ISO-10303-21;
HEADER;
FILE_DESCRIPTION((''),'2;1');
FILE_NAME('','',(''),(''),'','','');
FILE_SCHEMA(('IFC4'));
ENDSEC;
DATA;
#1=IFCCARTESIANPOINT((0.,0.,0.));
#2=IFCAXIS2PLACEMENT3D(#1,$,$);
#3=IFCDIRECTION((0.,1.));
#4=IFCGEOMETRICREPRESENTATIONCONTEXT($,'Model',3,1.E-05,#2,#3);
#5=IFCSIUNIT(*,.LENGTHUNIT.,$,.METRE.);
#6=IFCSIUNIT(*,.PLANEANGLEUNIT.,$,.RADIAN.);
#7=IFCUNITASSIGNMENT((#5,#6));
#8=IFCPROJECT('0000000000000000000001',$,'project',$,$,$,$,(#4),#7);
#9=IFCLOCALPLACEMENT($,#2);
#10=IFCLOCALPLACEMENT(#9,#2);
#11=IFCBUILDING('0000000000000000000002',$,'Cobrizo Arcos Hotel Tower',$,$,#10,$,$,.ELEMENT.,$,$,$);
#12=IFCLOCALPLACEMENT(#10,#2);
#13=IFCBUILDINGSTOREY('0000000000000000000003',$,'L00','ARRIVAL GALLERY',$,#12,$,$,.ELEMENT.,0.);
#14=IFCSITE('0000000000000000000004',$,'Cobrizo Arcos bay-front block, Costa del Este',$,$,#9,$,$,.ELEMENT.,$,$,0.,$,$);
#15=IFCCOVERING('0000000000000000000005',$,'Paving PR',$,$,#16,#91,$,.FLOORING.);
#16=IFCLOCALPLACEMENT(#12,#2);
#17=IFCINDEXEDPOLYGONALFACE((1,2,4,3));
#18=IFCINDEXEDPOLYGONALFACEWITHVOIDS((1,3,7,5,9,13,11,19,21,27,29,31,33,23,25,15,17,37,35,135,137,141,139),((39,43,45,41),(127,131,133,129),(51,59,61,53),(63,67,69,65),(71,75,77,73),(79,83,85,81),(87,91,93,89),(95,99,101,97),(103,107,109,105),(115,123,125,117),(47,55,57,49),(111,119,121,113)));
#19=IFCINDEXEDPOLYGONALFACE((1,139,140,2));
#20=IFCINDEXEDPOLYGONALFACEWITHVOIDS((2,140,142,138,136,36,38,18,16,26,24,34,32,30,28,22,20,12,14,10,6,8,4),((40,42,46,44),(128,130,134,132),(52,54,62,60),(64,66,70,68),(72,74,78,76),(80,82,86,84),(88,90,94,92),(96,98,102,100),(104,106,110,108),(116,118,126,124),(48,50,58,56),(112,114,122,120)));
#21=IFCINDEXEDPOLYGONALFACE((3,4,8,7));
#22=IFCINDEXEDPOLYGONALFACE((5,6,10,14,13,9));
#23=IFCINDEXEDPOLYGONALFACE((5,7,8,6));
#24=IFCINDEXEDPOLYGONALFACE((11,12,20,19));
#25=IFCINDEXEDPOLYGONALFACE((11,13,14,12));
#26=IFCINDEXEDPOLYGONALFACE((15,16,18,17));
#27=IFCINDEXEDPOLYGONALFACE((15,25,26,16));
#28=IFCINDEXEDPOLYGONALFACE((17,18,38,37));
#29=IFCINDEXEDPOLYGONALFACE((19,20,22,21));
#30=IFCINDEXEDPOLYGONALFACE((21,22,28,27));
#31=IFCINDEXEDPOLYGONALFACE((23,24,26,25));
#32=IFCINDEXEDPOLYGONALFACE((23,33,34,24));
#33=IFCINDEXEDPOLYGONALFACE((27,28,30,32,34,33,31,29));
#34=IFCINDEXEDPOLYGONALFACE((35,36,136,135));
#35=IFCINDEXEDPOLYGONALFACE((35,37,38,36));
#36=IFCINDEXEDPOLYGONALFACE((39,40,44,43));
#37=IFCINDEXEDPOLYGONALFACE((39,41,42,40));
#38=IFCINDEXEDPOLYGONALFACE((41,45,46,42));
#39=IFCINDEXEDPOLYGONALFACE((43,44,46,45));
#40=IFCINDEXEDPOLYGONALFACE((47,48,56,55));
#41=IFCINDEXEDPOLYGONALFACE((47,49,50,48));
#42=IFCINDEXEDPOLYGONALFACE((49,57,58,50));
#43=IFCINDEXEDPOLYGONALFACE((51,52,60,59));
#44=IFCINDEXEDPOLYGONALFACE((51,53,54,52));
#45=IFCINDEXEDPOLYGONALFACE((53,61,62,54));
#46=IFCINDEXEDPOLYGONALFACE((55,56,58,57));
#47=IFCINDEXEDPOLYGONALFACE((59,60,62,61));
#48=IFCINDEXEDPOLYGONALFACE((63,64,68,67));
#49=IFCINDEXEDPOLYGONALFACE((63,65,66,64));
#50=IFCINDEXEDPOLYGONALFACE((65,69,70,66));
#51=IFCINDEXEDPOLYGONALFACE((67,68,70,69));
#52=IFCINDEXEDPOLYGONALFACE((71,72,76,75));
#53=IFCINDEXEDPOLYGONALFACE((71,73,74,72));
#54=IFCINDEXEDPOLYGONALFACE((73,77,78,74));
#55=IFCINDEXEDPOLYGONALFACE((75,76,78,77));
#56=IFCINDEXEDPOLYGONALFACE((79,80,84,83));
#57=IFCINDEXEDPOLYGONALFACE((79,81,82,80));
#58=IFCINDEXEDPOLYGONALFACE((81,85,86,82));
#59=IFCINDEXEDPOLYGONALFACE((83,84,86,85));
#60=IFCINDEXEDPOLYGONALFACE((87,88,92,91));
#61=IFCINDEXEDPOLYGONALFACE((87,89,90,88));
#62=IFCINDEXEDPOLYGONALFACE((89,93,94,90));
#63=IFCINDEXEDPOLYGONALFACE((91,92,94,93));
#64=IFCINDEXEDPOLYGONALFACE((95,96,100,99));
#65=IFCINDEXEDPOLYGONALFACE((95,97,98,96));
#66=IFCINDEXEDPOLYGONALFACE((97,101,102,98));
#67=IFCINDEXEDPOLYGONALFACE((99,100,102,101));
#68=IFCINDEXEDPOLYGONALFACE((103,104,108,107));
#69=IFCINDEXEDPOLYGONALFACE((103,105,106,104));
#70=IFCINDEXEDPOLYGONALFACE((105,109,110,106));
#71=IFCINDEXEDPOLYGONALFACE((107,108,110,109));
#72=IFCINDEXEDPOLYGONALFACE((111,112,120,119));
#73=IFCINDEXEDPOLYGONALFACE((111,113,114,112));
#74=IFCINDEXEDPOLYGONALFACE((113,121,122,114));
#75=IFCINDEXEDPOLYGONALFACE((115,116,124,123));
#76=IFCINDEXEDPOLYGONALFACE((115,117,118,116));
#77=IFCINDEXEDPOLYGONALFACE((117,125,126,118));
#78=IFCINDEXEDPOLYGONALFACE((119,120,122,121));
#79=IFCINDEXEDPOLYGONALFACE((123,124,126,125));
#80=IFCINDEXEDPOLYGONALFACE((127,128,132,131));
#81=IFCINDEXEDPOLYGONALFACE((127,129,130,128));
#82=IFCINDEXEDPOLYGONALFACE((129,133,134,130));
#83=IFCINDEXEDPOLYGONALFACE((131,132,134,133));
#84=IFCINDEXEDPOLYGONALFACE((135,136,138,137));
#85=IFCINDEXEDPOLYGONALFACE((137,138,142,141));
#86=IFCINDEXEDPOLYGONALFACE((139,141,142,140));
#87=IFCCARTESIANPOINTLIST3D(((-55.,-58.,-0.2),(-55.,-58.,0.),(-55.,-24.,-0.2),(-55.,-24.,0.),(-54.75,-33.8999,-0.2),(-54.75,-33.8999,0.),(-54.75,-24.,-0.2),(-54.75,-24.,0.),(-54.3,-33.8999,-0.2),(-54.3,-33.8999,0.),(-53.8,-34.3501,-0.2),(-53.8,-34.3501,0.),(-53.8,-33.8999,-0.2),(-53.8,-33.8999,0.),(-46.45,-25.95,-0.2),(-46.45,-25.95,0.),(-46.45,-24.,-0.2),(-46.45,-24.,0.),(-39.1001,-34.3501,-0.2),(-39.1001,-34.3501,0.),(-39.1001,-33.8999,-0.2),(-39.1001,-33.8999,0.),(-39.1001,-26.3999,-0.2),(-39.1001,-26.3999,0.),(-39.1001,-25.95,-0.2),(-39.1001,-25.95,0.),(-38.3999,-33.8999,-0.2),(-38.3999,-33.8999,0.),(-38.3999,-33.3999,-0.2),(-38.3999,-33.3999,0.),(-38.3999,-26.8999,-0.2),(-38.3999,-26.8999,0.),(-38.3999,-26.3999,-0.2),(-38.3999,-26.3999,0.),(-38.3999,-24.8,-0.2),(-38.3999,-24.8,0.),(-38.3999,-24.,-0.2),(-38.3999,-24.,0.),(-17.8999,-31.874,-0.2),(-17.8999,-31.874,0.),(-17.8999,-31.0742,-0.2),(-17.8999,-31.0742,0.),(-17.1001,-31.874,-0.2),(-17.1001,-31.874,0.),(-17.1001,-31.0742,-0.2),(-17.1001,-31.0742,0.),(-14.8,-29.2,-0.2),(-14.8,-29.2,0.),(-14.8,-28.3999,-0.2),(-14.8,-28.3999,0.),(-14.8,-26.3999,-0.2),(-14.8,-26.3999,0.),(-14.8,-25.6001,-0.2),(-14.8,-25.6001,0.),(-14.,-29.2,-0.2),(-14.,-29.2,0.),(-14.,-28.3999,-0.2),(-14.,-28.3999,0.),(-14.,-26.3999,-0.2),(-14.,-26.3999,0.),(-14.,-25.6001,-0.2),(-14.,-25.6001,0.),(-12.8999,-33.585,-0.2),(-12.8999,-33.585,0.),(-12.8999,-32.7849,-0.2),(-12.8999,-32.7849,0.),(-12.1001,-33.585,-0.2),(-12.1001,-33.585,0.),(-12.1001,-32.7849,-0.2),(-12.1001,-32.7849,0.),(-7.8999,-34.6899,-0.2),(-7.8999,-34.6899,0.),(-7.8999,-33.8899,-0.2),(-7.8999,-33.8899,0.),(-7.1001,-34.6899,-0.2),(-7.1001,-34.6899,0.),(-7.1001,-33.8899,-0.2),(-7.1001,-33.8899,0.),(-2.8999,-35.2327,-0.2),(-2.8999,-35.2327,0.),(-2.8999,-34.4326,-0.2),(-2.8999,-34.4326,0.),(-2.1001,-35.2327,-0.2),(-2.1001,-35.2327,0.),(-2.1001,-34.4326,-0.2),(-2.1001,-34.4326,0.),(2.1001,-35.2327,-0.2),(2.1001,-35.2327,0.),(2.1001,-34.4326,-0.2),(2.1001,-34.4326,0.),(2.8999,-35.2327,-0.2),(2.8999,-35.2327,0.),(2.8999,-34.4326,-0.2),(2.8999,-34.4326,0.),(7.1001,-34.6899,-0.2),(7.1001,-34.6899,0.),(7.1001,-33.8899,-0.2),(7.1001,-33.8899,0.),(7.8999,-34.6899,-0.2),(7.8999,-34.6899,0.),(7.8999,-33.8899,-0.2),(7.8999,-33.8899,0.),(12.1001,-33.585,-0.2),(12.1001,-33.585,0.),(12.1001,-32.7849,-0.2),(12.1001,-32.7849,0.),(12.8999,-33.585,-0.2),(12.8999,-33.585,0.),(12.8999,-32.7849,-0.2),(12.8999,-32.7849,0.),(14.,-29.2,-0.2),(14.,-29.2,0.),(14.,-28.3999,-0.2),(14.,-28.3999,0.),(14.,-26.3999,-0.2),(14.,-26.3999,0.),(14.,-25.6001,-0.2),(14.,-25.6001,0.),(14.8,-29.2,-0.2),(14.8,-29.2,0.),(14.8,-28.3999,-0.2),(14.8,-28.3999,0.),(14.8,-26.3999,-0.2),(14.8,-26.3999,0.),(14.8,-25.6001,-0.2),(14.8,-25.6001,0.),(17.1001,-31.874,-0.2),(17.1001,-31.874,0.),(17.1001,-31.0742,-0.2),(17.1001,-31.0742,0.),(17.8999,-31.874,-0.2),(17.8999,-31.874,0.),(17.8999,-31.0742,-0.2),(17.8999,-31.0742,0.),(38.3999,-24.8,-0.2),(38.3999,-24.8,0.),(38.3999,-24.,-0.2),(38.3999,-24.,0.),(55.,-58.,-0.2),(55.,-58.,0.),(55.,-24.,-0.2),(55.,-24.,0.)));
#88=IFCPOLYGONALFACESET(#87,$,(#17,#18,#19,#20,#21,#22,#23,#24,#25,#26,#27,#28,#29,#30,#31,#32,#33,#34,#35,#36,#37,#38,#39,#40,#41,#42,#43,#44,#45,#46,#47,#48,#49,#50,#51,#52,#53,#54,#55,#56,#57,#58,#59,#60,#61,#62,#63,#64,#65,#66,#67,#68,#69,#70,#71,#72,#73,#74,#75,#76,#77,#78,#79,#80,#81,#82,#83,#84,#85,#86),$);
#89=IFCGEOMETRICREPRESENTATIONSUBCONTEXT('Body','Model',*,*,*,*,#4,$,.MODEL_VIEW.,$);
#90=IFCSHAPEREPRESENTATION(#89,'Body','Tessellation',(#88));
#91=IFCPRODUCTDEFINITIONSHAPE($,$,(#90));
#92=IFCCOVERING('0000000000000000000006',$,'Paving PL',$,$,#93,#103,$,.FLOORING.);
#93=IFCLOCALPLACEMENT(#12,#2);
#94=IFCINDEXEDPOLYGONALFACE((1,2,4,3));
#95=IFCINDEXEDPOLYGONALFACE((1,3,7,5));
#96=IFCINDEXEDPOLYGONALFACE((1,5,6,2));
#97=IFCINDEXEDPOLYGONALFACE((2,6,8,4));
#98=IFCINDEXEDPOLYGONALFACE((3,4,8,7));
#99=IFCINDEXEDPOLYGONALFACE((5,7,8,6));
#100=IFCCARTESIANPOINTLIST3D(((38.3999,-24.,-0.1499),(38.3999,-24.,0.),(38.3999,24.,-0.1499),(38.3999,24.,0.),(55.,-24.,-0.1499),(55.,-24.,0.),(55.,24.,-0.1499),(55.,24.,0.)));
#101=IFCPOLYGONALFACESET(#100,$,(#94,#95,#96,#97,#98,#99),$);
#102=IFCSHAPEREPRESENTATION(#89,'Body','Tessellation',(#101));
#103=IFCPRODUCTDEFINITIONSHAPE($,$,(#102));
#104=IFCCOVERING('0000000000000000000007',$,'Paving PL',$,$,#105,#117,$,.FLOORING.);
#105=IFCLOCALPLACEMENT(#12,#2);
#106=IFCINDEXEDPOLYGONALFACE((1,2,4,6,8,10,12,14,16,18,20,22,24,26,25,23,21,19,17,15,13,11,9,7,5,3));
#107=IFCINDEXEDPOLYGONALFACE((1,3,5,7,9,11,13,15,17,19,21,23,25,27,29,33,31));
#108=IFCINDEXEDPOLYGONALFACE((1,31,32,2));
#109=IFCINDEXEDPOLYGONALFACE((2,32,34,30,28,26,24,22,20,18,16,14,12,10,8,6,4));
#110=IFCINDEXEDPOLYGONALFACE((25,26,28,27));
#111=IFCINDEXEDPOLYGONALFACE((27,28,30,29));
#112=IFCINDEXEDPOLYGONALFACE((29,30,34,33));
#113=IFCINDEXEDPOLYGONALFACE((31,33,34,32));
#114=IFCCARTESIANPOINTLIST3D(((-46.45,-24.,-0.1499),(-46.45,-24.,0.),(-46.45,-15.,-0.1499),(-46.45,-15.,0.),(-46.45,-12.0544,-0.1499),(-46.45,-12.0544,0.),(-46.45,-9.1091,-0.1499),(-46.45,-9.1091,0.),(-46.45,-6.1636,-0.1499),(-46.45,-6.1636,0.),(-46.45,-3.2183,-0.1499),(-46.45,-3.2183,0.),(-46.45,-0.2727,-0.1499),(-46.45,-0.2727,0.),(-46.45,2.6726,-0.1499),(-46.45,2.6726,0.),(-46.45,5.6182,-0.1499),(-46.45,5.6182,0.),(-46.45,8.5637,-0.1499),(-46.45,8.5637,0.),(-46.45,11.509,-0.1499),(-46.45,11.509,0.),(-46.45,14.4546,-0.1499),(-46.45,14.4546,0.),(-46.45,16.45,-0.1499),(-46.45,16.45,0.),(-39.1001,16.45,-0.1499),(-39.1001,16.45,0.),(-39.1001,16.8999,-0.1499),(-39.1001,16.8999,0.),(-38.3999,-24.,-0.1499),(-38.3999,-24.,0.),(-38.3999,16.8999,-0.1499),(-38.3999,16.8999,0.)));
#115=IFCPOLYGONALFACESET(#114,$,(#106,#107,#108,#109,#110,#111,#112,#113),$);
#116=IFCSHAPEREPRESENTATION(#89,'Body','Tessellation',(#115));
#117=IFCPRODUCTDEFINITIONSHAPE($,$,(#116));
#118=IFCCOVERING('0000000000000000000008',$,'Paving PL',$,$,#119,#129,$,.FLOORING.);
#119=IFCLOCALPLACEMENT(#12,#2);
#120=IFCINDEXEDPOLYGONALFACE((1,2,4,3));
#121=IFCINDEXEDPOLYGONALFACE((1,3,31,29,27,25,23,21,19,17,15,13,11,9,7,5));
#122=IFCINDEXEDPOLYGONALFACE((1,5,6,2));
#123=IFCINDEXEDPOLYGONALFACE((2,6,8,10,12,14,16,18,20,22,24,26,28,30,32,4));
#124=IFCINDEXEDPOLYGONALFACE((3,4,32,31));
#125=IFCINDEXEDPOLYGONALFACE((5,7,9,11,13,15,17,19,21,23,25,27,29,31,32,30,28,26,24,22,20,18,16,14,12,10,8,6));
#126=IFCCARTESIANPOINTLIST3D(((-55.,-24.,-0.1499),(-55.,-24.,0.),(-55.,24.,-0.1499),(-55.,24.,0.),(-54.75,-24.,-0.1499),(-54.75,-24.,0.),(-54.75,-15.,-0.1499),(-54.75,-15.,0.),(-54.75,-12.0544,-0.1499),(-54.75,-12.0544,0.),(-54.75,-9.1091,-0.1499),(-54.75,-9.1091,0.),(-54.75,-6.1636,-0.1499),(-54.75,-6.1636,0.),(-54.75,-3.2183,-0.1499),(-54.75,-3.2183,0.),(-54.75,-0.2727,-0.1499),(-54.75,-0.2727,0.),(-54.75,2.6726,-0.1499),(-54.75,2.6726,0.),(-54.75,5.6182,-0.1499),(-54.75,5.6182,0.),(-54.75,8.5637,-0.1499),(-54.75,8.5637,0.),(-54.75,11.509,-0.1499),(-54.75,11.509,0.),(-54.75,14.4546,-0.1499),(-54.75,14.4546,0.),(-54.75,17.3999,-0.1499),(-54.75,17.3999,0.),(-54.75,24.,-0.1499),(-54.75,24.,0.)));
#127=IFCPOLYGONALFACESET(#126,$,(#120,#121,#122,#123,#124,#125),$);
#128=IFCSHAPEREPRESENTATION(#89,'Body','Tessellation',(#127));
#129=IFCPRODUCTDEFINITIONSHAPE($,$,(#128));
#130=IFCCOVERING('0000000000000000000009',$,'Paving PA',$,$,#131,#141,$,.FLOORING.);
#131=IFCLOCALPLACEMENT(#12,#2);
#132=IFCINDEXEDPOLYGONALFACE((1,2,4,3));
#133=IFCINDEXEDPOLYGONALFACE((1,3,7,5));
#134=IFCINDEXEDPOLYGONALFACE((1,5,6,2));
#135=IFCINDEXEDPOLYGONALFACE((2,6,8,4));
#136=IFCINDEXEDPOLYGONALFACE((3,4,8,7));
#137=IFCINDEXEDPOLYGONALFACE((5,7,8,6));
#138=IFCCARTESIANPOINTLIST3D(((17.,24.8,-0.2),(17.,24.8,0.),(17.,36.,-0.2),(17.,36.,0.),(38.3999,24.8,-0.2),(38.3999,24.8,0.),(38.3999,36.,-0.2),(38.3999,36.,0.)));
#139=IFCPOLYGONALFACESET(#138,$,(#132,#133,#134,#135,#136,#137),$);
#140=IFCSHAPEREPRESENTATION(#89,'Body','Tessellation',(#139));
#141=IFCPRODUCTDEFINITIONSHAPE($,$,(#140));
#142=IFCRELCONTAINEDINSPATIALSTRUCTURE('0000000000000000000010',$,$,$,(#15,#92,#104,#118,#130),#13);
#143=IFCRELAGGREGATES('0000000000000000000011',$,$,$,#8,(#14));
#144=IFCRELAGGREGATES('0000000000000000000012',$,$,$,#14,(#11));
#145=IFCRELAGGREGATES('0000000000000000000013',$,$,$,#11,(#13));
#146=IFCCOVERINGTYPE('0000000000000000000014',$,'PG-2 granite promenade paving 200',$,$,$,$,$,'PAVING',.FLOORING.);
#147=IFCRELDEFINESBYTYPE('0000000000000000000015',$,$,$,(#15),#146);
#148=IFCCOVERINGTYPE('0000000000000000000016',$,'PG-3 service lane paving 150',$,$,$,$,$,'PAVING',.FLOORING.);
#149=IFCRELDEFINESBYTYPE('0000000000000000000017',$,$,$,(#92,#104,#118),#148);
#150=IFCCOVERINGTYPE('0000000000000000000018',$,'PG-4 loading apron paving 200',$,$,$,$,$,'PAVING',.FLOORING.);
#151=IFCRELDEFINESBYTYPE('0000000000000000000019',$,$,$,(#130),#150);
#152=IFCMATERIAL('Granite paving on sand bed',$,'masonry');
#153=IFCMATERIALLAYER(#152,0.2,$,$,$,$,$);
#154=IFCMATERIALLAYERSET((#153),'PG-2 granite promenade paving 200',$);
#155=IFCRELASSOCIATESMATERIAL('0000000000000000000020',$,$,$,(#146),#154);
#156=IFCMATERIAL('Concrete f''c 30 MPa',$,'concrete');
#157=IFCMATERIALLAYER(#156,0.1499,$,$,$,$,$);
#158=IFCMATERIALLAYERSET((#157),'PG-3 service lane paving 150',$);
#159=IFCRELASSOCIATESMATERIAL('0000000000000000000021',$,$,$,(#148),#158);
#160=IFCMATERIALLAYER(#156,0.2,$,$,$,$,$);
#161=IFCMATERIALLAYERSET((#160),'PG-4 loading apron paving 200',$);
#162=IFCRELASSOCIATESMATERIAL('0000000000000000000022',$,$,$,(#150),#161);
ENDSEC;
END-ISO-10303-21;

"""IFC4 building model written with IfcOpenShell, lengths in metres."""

from ifc_helpers import new_model, si_unit, direction, frame, origin, place, context, subcontext, project, spatial, polyline, outline, extrude, material, layer, layer_set, type_object, element, save


model = new_model("IFC4")

# Units and contexts
model_context = context("Model", 3, precision=1e-05, world=origin(), true_north=direction((0.0, 1.0)))
body_context = subcontext(model_context, "Body", "Model", "MODEL_VIEW")
ifc_project = project(units=[si_unit("LENGTHUNIT", "METRE"), si_unit("PLANEANGLEUNIT", "RADIAN")], contexts=[model_context])

# Site, building, storey
site_placement = place(None, origin())
site = spatial("IfcSite", under=ifc_project, at=site_placement, Name="Cobrizo Arcos bay-front block, Costa del Este", CompositionType="ELEMENT", RefElevation=0.0)
building_placement = place(site_placement, origin())
building = spatial("IfcBuilding", under=site, at=building_placement, Name="Cobrizo Arcos Hotel Tower", CompositionType="ELEMENT")
storey_placement = place(building_placement, origin())
storey = spatial("IfcBuildingStorey", under=building, at=storey_placement, Name="L00", Description="ARRIVAL GALLERY", CompositionType="ELEMENT", Elevation=0.0)

# Shared definitions
ifc_material_1 = material(Name="Concrete f'c 30 MPa", Category="concrete")

# Coverings
ifc_material_2 = material(Name="Granite paving on sand bed", Category="masonry")
ifc_layer_1 = layer(ifc_material_2, 0.2)
ifc_layer_set_1 = layer_set([ifc_layer_1], Name="PG-2 granite promenade paving 200")
covering_type_1 = type_object("IfcCoveringType", Name="PG-2 granite promenade paving 200", ElementType="PAVING", PredefinedType="FLOORING", material=ifc_layer_set_1)
covering_1_placement = place(storey_placement, frame((0.0, 0.0, -0.2)))
element("IfcCovering", 1, at=covering_1_placement, inside=storey, type_object=covering_type_1, Name="Paving PR", PredefinedType="FLOORING", context=body_context, shape_type="SweptSolid", body=[
    extrude(outline(polyline([(55.0, -58.0), (-55.0, -58.0), (-55.0, -24.0), (-54.75, -24.0), (-54.75, -33.8999), (-54.3, -33.8999), (-53.8, -33.8999), (-53.8, -34.3501), (-39.1001, -34.3501), (-39.1001, -33.8999), (-38.3999, -33.8999), (-38.3999, -33.3999), (-38.3999, -26.8999), (-38.3999, -26.3999), (-39.1001, -26.3999), (-39.1001, -25.95), (-46.45, -25.95), (-46.45, -24.0), (-38.3999, -24.0), (-38.3999, -24.8), (38.3999, -24.8), (38.3999, -24.0), (55.0, -24.0), (55.0, -58.0)]), holes=[polyline([(-12.8999, -33.585), (-12.1001, -33.585), (-12.1001, -32.7849), (-12.8999, -32.7849), (-12.8999, -33.585)]), polyline([(-17.8999, -31.874), (-17.1001, -31.874), (-17.1001, -31.0742), (-17.8999, -31.0742), (-17.8999, -31.874)]), polyline([(-14.8, -29.2), (-14.0, -29.2), (-14.0, -28.3999), (-14.8, -28.3999), (-14.8, -29.2)]), polyline([(-14.8, -25.6001), (-14.8, -26.3999), (-14.0, -26.3999), (-14.0, -25.6001), (-14.8, -25.6001)]), polyline([(-2.8999, -35.2327), (-2.1001, -35.2327), (-2.1001, -34.4326), (-2.8999, -34.4326), (-2.8999, -35.2327)]), polyline([(2.1001, -35.2327), (2.8999, -35.2327), (2.8999, -34.4326), (2.1001, -34.4326), (2.1001, -35.2327)]), polyline([(-7.8999, -34.6899), (-7.1001, -34.6899), (-7.1001, -33.8899), (-7.8999, -33.8899), (-7.8999, -34.6899)]), polyline([(7.1001, -33.8899), (7.1001, -34.6899), (7.8999, -34.6899), (7.8999, -33.8899), (7.1001, -33.8899)]), polyline([(12.1001, -32.7849), (12.1001, -33.585), (12.8999, -33.585), (12.8999, -32.7849), (12.1001, -32.7849)]), polyline([(17.1001, -31.874), (17.8999, -31.874), (17.8999, -31.0742), (17.1001, -31.0742), (17.1001, -31.874)]), polyline([(14.0, -29.2), (14.8, -29.2), (14.8, -28.3999), (14.0, -28.3999), (14.0, -29.2)]), polyline([(14.0, -26.3999), (14.8, -26.3999), (14.8, -25.6001), (14.0, -25.6001), (14.0, -26.3999)])]), origin(), (0.0, 0.0, 1.0), 0.2),
])
ifc_layer_2 = layer(ifc_material_1, 0.1499)
ifc_layer_set_2 = layer_set([ifc_layer_2], Name="PG-3 service lane paving 150")
covering_type_2 = type_object("IfcCoveringType", Name="PG-3 service lane paving 150", ElementType="PAVING", PredefinedType="FLOORING", material=ifc_layer_set_2)
covering_2_placement = place(storey_placement, frame((0.0, 0.0, -0.1499)))
element("IfcCovering", 2, at=covering_2_placement, inside=storey, type_object=covering_type_2, Name="Paving PL", PredefinedType="FLOORING", context=body_context, shape_type="SweptSolid", body=[
    extrude(outline(polyline([(38.3999, -24.0), (38.3999, 24.0), (55.0, 24.0), (55.0, -24.0), (38.3999, -24.0)])), origin(), (0.0, 0.0, 1.0), 0.1499),
])
covering_3_placement = place(storey_placement, frame((0.0, 0.0, -0.1499)))
element("IfcCovering", 3, at=covering_3_placement, inside=storey, type_object=covering_type_2, Name="Paving PL", PredefinedType="FLOORING", context=body_context, shape_type="SweptSolid", body=[
    extrude(outline(polyline([(-46.45, -24.0), (-46.45, -15.0), (-46.45, -12.0544), (-46.45, -9.1091), (-46.45, -6.1636), (-46.45, -3.2183), (-46.45, -0.2727), (-46.45, 2.6726), (-46.45, 5.6182), (-46.45, 8.5637), (-46.45, 11.509), (-46.45, 14.4546), (-46.45, 16.45), (-39.1001, 16.45), (-39.1001, 16.8999), (-38.3999, 16.8999), (-38.3999, -24.0), (-46.45, -24.0)])), origin(), (0.0, 0.0, 1.0), 0.1499),
])
covering_4_placement = place(storey_placement, frame((0.0, 0.0, -0.1499)))
element("IfcCovering", 4, at=covering_4_placement, inside=storey, type_object=covering_type_2, Name="Paving PL", PredefinedType="FLOORING", context=body_context, shape_type="SweptSolid", body=[
    extrude(outline(polyline([(-55.0, -24.0), (-55.0, 24.0), (-54.75, 24.0), (-54.75, 17.3999), (-54.75, 14.4546), (-54.75, 11.509), (-54.75, 8.5637), (-54.75, 5.6182), (-54.75, 2.6726), (-54.75, -0.2727), (-54.75, -3.2183), (-54.75, -6.1636), (-54.75, -9.1091), (-54.75, -12.0544), (-54.75, -15.0), (-54.75, -24.0), (-55.0, -24.0)])), origin(), (0.0, 0.0, 1.0), 0.1499),
])
ifc_layer_3 = layer(ifc_material_1, 0.2)
ifc_layer_set_3 = layer_set([ifc_layer_3], Name="PG-4 loading apron paving 200")
covering_type_3 = type_object("IfcCoveringType", Name="PG-4 loading apron paving 200", ElementType="PAVING", PredefinedType="FLOORING", material=ifc_layer_set_3)
covering_5_placement = place(storey_placement, frame((0.0, 0.0, -0.2)))
element("IfcCovering", 5, at=covering_5_placement, inside=storey, type_object=covering_type_3, Name="Paving PA", PredefinedType="FLOORING", context=body_context, shape_type="SweptSolid", body=[
    extrude(outline(polyline([(17.0, 36.0), (38.3999, 36.0), (38.3999, 24.8), (17.0, 24.8), (17.0, 36.0)])), origin(), (0.0, 0.0, 1.0), 0.2),
])

save(model, "model.ifc")
